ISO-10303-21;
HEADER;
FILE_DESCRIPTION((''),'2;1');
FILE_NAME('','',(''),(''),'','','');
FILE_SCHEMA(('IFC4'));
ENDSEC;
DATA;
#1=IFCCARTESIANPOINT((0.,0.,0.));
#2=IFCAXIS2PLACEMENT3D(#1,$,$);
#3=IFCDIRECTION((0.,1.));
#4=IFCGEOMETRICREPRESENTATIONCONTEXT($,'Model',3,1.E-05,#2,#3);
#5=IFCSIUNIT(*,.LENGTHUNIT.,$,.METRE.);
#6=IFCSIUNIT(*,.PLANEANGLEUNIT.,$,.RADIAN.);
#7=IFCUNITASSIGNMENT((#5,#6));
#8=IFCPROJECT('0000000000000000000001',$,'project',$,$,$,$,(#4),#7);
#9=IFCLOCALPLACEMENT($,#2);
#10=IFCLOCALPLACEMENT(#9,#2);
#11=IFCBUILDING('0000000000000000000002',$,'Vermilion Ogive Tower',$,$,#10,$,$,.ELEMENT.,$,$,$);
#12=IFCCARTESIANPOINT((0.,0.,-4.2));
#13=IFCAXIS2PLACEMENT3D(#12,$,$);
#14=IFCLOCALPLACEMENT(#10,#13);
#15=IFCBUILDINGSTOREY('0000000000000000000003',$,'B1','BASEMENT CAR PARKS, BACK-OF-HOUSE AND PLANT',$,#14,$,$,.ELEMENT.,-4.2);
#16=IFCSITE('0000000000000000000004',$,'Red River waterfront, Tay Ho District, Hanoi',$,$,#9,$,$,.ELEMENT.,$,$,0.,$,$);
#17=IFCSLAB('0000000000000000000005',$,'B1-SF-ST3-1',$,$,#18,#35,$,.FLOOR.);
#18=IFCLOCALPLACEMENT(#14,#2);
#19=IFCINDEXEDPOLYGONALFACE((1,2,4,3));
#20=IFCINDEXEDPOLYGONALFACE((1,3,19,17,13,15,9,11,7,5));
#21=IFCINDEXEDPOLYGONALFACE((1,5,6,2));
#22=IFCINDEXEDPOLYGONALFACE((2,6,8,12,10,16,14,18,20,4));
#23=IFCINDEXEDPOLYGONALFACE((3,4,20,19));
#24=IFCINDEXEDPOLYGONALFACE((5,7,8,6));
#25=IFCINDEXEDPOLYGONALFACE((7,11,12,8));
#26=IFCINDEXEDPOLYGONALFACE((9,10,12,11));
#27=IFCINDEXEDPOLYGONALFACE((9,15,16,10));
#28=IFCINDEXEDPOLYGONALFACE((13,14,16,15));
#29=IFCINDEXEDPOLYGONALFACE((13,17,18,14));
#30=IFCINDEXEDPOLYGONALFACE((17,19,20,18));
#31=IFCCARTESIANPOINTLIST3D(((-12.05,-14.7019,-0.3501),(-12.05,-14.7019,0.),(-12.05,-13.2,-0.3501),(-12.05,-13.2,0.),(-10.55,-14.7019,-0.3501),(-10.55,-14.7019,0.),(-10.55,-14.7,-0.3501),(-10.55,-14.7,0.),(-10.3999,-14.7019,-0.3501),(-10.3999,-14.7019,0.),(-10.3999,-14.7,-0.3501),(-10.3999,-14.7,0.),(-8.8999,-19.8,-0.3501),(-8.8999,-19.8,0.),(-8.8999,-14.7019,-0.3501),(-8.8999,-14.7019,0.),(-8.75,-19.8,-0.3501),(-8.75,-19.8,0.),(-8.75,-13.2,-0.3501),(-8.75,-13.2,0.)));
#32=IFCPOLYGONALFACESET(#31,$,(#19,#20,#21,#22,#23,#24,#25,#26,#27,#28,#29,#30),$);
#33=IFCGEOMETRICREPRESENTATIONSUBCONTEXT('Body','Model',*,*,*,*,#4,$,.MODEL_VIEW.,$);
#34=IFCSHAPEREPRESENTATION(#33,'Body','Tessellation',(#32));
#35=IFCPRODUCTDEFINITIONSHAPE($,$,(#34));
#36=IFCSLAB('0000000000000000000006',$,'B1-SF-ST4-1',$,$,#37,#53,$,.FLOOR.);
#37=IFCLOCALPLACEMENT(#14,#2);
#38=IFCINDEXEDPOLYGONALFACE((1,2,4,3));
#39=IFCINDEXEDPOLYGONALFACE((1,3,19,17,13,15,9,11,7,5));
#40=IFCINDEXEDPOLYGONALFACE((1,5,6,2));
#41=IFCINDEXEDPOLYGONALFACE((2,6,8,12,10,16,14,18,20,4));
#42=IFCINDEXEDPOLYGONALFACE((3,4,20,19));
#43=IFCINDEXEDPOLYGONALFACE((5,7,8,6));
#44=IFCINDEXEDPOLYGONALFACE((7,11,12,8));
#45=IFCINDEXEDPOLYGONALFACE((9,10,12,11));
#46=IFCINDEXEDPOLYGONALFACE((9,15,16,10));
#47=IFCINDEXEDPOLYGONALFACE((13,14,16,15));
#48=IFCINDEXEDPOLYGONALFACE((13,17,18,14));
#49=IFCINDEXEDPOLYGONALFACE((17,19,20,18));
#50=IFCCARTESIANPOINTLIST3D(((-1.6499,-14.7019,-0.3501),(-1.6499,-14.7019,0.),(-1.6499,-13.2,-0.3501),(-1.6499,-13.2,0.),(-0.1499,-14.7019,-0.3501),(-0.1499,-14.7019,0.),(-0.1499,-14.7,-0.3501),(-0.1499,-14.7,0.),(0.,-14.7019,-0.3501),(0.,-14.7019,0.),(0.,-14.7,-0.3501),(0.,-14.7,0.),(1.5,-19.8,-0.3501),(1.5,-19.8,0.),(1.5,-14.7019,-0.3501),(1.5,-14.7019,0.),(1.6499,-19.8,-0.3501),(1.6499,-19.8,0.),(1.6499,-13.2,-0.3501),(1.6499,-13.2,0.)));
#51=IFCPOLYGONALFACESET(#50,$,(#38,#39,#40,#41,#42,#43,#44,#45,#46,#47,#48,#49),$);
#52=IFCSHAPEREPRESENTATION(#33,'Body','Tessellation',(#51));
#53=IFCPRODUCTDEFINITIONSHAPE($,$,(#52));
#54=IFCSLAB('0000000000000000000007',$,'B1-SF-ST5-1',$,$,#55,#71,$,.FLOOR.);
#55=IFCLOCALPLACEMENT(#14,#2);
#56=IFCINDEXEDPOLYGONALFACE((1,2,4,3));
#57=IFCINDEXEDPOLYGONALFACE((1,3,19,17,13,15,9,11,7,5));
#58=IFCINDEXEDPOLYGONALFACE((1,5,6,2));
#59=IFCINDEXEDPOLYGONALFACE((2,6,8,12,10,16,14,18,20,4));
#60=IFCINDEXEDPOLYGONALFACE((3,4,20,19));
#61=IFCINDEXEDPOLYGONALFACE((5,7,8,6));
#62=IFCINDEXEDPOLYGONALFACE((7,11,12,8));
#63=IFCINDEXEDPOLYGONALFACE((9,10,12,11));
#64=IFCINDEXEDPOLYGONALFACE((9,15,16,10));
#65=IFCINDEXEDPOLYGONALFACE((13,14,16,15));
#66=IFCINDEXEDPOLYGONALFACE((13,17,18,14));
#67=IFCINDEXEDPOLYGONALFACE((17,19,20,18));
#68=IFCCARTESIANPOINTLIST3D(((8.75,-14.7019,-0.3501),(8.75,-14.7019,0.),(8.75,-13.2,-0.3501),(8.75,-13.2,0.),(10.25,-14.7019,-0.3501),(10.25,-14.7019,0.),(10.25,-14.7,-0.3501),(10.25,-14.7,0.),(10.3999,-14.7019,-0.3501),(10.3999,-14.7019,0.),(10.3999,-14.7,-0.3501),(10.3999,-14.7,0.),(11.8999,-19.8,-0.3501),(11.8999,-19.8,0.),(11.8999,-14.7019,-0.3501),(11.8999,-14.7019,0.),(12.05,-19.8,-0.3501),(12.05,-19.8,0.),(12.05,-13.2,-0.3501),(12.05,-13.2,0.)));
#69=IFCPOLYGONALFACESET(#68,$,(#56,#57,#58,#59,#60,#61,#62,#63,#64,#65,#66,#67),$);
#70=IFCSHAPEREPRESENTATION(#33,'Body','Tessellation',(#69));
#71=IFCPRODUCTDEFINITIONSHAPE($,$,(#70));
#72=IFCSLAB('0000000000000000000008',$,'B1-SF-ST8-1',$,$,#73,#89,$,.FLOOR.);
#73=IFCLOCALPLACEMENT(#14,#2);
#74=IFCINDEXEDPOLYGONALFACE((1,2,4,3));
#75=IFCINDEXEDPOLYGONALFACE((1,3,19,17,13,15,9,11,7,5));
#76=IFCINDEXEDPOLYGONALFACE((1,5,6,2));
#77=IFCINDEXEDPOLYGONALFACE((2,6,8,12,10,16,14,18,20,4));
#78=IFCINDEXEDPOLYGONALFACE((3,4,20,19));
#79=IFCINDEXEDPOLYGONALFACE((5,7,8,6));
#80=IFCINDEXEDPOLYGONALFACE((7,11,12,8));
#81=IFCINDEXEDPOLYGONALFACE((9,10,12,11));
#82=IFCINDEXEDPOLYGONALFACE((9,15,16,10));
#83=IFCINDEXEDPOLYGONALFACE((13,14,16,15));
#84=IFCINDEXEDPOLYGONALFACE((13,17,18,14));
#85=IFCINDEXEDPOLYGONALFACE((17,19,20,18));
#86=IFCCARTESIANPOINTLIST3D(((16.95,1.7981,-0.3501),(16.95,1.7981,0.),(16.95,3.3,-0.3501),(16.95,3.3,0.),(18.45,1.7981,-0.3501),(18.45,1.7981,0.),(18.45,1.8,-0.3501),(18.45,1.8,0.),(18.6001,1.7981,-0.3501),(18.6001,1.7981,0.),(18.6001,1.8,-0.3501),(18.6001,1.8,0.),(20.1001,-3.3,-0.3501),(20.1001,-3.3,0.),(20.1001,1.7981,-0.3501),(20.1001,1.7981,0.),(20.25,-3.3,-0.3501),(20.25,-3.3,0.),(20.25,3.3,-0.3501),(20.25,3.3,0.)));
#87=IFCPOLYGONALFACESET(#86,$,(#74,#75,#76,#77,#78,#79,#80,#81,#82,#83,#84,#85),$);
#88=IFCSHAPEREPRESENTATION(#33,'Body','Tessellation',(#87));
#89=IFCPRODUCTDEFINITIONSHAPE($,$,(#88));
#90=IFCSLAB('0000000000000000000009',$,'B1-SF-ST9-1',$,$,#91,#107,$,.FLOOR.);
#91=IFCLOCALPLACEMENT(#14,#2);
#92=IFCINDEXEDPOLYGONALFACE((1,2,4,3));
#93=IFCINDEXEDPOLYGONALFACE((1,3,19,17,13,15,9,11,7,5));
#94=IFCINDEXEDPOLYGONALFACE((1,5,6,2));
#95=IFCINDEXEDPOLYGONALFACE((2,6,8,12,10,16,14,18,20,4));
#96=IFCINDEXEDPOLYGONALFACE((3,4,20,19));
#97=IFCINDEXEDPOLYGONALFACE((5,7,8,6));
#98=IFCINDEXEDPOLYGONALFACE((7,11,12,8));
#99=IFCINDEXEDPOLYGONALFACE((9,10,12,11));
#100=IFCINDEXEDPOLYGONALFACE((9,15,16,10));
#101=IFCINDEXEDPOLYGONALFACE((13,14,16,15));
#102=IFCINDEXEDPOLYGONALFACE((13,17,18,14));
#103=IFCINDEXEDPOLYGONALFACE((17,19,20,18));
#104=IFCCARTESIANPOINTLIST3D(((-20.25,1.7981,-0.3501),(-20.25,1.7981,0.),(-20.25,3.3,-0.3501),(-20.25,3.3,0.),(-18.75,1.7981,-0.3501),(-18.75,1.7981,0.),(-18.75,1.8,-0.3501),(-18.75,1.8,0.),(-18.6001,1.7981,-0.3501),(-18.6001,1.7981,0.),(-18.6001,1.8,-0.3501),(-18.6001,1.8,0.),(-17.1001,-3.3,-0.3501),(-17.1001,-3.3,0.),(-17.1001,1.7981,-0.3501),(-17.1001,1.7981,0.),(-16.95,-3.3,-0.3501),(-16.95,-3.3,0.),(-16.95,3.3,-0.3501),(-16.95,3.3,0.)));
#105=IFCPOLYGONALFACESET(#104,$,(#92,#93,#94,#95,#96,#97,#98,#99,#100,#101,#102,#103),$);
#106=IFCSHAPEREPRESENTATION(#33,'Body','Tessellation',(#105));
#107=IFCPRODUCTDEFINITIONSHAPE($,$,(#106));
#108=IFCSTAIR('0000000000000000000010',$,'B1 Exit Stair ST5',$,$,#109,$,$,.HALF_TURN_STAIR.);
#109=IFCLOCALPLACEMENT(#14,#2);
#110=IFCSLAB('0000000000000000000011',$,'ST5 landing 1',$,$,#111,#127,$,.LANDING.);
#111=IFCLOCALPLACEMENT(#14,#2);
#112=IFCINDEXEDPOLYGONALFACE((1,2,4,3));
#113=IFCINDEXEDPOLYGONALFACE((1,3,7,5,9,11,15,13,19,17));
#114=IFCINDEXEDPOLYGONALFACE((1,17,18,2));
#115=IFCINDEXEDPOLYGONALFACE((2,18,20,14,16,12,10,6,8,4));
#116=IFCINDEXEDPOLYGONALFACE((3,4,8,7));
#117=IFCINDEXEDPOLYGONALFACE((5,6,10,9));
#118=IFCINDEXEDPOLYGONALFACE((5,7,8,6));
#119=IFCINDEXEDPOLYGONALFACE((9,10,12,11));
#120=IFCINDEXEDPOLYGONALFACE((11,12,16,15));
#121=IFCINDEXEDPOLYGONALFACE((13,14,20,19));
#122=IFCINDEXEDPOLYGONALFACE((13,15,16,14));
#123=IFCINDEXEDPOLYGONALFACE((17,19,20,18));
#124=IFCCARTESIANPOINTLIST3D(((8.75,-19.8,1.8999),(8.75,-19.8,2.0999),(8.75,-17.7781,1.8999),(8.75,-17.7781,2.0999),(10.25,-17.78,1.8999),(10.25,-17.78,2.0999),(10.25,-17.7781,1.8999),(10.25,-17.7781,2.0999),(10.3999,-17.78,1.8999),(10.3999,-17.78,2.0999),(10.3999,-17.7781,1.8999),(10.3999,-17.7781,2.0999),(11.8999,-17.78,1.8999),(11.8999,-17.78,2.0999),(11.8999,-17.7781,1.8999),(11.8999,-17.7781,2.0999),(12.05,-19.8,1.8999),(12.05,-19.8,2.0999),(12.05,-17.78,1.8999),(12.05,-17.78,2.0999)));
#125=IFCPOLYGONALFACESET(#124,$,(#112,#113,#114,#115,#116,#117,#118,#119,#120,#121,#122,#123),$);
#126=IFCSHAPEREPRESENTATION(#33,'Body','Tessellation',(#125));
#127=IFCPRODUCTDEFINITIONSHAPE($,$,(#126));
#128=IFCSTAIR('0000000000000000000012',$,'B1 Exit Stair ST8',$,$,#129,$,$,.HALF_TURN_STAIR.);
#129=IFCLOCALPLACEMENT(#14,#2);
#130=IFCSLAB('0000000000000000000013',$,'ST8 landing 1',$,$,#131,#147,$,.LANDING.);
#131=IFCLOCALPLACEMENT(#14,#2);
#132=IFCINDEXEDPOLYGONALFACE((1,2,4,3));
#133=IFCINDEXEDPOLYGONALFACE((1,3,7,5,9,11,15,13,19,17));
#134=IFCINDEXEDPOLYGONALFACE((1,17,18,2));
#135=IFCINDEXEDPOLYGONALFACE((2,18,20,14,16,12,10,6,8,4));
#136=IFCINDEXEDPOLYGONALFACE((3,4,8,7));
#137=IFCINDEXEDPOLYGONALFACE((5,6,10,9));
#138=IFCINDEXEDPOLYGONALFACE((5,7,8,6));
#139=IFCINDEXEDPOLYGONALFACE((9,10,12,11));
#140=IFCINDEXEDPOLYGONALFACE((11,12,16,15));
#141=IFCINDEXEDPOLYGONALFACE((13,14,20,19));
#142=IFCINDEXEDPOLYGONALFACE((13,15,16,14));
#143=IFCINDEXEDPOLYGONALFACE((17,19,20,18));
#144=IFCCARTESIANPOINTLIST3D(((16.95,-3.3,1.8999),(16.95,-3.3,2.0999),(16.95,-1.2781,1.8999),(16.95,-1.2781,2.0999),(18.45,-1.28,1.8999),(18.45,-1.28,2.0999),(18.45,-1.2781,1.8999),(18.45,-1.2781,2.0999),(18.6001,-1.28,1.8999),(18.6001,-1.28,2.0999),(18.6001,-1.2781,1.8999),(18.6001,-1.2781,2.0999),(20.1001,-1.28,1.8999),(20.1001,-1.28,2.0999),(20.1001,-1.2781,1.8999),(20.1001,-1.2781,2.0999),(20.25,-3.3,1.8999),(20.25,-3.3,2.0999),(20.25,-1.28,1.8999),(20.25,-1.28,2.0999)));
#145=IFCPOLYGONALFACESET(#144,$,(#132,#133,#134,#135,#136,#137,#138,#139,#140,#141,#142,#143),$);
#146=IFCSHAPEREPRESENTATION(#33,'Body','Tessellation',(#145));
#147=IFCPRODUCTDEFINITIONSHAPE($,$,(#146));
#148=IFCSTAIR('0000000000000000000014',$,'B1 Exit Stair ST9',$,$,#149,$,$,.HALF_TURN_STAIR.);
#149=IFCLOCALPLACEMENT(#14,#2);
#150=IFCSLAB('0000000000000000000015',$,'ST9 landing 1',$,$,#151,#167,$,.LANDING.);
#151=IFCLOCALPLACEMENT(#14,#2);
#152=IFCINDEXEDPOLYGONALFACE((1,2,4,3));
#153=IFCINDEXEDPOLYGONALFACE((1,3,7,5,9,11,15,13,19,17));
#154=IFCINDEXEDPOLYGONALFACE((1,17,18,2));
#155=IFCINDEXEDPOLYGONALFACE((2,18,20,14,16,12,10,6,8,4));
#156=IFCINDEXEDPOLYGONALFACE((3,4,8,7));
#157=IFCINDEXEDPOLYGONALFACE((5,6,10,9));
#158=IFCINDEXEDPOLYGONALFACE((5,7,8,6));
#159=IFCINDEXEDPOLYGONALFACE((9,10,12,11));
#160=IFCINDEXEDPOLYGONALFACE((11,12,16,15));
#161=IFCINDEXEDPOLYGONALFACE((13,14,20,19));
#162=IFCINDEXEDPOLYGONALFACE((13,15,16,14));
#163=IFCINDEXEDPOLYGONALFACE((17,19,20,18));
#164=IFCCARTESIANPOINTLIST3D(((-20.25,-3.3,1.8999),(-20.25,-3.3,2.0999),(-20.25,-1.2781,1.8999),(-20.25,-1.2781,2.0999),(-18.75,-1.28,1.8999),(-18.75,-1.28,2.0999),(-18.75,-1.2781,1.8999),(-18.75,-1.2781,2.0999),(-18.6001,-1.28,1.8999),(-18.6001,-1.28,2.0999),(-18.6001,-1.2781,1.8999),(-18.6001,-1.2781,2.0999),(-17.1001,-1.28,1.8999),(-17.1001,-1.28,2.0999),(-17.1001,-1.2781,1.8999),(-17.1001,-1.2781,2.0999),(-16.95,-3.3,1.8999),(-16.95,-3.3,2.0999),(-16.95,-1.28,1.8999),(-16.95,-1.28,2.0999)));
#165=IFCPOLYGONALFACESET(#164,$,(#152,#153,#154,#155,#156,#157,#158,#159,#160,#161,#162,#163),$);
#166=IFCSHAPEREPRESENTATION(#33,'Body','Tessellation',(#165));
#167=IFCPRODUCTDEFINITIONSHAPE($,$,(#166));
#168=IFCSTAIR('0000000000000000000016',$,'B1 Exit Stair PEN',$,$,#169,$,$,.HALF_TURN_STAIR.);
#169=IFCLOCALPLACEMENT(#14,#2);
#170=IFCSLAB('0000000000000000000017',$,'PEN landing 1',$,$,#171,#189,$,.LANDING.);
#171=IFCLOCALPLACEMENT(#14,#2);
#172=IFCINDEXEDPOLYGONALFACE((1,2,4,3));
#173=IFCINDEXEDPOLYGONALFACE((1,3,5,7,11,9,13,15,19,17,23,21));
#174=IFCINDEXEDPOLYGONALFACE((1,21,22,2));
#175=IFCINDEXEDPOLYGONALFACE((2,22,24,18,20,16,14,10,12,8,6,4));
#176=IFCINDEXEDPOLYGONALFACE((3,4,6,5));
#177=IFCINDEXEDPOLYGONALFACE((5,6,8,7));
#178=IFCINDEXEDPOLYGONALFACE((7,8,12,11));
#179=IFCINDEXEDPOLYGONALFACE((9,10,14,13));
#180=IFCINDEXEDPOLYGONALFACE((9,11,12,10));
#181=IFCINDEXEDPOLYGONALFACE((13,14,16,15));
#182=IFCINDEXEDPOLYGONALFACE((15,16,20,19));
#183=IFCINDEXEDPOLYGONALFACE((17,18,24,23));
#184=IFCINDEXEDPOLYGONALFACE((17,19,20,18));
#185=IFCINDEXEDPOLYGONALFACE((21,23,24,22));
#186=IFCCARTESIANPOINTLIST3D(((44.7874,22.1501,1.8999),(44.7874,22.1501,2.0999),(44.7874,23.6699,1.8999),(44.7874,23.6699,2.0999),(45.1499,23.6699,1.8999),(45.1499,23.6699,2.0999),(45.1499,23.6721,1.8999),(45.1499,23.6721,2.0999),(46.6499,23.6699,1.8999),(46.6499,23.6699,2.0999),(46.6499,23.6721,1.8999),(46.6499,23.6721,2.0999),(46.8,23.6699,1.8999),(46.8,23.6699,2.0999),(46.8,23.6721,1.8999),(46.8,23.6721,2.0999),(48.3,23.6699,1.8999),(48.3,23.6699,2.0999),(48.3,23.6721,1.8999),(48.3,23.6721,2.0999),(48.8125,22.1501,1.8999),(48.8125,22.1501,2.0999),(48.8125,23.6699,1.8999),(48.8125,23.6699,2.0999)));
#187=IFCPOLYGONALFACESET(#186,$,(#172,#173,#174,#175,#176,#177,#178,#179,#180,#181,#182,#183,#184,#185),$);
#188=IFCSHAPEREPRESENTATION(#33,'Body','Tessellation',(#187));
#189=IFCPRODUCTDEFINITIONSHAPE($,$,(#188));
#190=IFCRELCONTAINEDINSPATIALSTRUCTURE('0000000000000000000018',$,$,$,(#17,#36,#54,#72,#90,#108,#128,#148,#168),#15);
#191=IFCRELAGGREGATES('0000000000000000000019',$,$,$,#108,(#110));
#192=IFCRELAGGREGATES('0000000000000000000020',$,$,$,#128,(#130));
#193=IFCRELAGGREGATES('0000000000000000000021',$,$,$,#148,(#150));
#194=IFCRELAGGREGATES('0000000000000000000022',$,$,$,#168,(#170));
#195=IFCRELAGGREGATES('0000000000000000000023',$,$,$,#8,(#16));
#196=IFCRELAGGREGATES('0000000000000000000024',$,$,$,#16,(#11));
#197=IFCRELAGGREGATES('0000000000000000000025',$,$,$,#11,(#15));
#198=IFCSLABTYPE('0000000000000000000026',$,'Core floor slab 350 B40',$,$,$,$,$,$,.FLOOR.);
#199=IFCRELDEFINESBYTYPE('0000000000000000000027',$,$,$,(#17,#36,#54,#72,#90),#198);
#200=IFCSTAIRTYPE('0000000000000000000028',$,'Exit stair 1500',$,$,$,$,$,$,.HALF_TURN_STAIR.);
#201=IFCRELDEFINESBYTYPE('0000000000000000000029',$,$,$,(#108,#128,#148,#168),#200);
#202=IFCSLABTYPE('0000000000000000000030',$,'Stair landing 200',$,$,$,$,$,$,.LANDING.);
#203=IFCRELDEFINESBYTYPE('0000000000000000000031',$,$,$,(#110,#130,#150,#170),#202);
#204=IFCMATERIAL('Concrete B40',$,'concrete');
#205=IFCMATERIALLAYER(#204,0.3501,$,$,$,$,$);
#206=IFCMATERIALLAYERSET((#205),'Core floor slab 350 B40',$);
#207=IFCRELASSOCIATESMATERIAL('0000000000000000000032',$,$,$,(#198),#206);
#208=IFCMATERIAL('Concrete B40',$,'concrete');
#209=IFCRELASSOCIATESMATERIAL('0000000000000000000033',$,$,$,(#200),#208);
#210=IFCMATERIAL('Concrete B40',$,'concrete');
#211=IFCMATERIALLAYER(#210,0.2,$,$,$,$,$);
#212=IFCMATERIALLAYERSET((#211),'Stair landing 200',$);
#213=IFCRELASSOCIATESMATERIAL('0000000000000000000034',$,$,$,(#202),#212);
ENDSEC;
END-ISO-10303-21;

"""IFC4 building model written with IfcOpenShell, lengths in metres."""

from ifc_helpers import new_model, si_unit, direction, frame, origin, place, context, subcontext, project, spatial, polyline, outline, extrude, material, layer, layer_set, type_object, element, aggregate, save


model = new_model("IFC4")

# Units and contexts
model_context = context("Model", 3, precision=1e-05, world=origin(), true_north=direction((0.0, 1.0)))
body_context = subcontext(model_context, "Body", "Model", "MODEL_VIEW")
ifc_project = project(units=[si_unit("LENGTHUNIT", "METRE"), si_unit("PLANEANGLEUNIT", "RADIAN")], contexts=[model_context])

# Site, building, storey
site_placement = place(None, origin())
site = spatial("IfcSite", under=ifc_project, at=site_placement, Name="Red River waterfront, Tay Ho District, Hanoi", CompositionType="ELEMENT", RefElevation=0.0)
building_placement = place(site_placement, origin())
building = spatial("IfcBuilding", under=site, at=building_placement, Name="Vermilion Ogive Tower", CompositionType="ELEMENT")
storey_placement = place(building_placement, frame((0.0, 0.0, -4.2)))
storey = spatial("IfcBuildingStorey", under=building, at=storey_placement, Name="B1", Description="BASEMENT CAR PARKS, BACK-OF-HOUSE AND PLANT", CompositionType="ELEMENT", Elevation=-4.2)

# Slabs
ifc_material_1 = material(Name="Concrete B40", Category="concrete")
ifc_layer_1 = layer(ifc_material_1, 0.3501)
ifc_layer_set_1 = layer_set([ifc_layer_1], Name="Core floor slab 350 B40")
slab_type_1 = type_object("IfcSlabType", Name="Core floor slab 350 B40", PredefinedType="FLOOR", material=ifc_layer_set_1)
slab_1_placement = place(storey_placement, frame((0.0, 0.0, -0.3501)))
element("IfcSlab", 1, at=slab_1_placement, inside=storey, type_object=slab_type_1, Name="B1-SF-ST3-1", PredefinedType="FLOOR", context=body_context, shape_type="SweptSolid", body=[
    extrude(outline(polyline([(-12.05, -13.2), (-12.05, -14.7019), (-10.55, -14.7019), (-10.55, -14.7), (-10.3999, -14.7), (-10.3999, -14.7019), (-8.8999, -14.7019), (-8.8999, -19.8), (-8.75, -19.8), (-8.75, -13.2), (-12.05, -13.2)])), origin(), (0.0, 0.0, 1.0), 0.3501),
])
slab_2_placement = place(storey_placement, frame((0.0, 0.0, -0.3501)))
element("IfcSlab", 2, at=slab_2_placement, inside=storey, type_object=slab_type_1, Name="B1-SF-ST4-1", PredefinedType="FLOOR", context=body_context, shape_type="SweptSolid", body=[
    extrude(outline(polyline([(-1.6499, -13.2), (-1.6499, -14.7019), (-0.1499, -14.7019), (-0.1499, -14.7), (0.0, -14.7), (0.0, -14.7019), (1.5, -14.7019), (1.5, -19.8), (1.6499, -19.8), (1.6499, -13.2), (-1.6499, -13.2)])), origin(), (0.0, 0.0, 1.0), 0.3501),
])
slab_3_placement = place(storey_placement, frame((0.0, 0.0, -0.3501)))
element("IfcSlab", 3, at=slab_3_placement, inside=storey, type_object=slab_type_1, Name="B1-SF-ST5-1", PredefinedType="FLOOR", context=body_context, shape_type="SweptSolid", body=[
    extrude(outline(polyline([(8.75, -13.2), (8.75, -14.7019), (10.25, -14.7019), (10.25, -14.7), (10.3999, -14.7), (10.3999, -14.7019), (11.8999, -14.7019), (11.8999, -19.8), (12.05, -19.8), (12.05, -13.2), (8.75, -13.2)])), origin(), (0.0, 0.0, 1.0), 0.3501),
])
slab_4_placement = place(storey_placement, frame((0.0, 0.0, -0.3501)))
element("IfcSlab", 4, at=slab_4_placement, inside=storey, type_object=slab_type_1, Name="B1-SF-ST8-1", PredefinedType="FLOOR", context=body_context, shape_type="SweptSolid", body=[
    extrude(outline(polyline([(16.95, 3.3), (16.95, 1.7981), (18.45, 1.7981), (18.45, 1.8), (18.6001, 1.8), (18.6001, 1.7981), (20.1001, 1.7981), (20.1001, -3.3), (20.25, -3.3), (20.25, 3.3), (16.95, 3.3)])), origin(), (0.0, 0.0, 1.0), 0.3501),
])
slab_5_placement = place(storey_placement, frame((0.0, 0.0, -0.3501)))
element("IfcSlab", 5, at=slab_5_placement, inside=storey, type_object=slab_type_1, Name="B1-SF-ST9-1", PredefinedType="FLOOR", context=body_context, shape_type="SweptSolid", body=[
    extrude(outline(polyline([(-20.25, 3.3), (-20.25, 1.7981), (-18.75, 1.7981), (-18.75, 1.8), (-18.6001, 1.8), (-18.6001, 1.7981), (-17.1001, 1.7981), (-17.1001, -3.3), (-16.95, -3.3), (-16.95, 3.3), (-20.25, 3.3)])), origin(), (0.0, 0.0, 1.0), 0.3501),
])

# Stairs, slabs
ifc_material_2 = material(Name="Concrete B40", Category="concrete")
stair_type = type_object("IfcStairType", Name="Exit stair 1500", PredefinedType="HALF_TURN_STAIR", material=ifc_material_2)
stair_1_placement = place(storey_placement, origin())
stair_1 = element("IfcStair", 6, at=stair_1_placement, inside=storey, type_object=stair_type, Name="B1 Exit Stair ST5", PredefinedType="HALF_TURN_STAIR")
ifc_material_3 = material(Name="Concrete B40", Category="concrete")
ifc_layer_2 = layer(ifc_material_3, 0.2)
ifc_layer_set_2 = layer_set([ifc_layer_2], Name="Stair landing 200")
slab_type_2 = type_object("IfcSlabType", Name="Stair landing 200", PredefinedType="LANDING", material=ifc_layer_set_2)
slab_6_placement = place(storey_placement, frame((0.0, 0.0, 1.8999)))
slab_6 = element("IfcSlab", 7, at=slab_6_placement, type_object=slab_type_2, Name="ST5 landing 1", PredefinedType="LANDING", context=body_context, shape_type="SweptSolid", body=[
    extrude(outline(polyline([(12.05, -17.78), (11.8999, -17.78), (11.8999, -17.7781), (10.3999, -17.7781), (10.3999, -17.78), (10.25, -17.78), (10.25, -17.7781), (8.75, -17.7781), (8.75, -19.8), (12.05, -19.8), (12.05, -17.78)])), origin(), (0.0, 0.0, 1.0), 0.2),
])
aggregate(stair_1, [slab_6])
stair_2_placement = place(storey_placement, origin())
stair_2 = element("IfcStair", 8, at=stair_2_placement, inside=storey, type_object=stair_type, Name="B1 Exit Stair ST8", PredefinedType="HALF_TURN_STAIR")
slab_7_placement = place(storey_placement, frame((0.0, 0.0, 1.8999)))
slab_7 = element("IfcSlab", 9, at=slab_7_placement, type_object=slab_type_2, Name="ST8 landing 1", PredefinedType="LANDING", context=body_context, shape_type="SweptSolid", body=[
    extrude(outline(polyline([(20.25, -1.28), (20.1001, -1.28), (20.1001, -1.2781), (18.6001, -1.2781), (18.6001, -1.28), (18.45, -1.28), (18.45, -1.2781), (16.95, -1.2781), (16.95, -3.3), (20.25, -3.3), (20.25, -1.28)])), origin(), (0.0, 0.0, 1.0), 0.2),
])
aggregate(stair_2, [slab_7])
stair_3_placement = place(storey_placement, origin())
stair_3 = element("IfcStair", 10, at=stair_3_placement, inside=storey, type_object=stair_type, Name="B1 Exit Stair ST9", PredefinedType="HALF_TURN_STAIR")
slab_8_placement = place(storey_placement, frame((0.0, 0.0, 1.8999)))
slab_8 = element("IfcSlab", 11, at=slab_8_placement, type_object=slab_type_2, Name="ST9 landing 1", PredefinedType="LANDING", context=body_context, shape_type="SweptSolid", body=[
    extrude(outline(polyline([(-16.95, -1.28), (-17.1001, -1.28), (-17.1001, -1.2781), (-18.6001, -1.2781), (-18.6001, -1.28), (-18.75, -1.28), (-18.75, -1.2781), (-20.25, -1.2781), (-20.25, -3.3), (-16.95, -3.3), (-16.95, -1.28)])), origin(), (0.0, 0.0, 1.0), 0.2),
])
aggregate(stair_3, [slab_8])
stair_4_placement = place(storey_placement, origin())
stair_4 = element("IfcStair", 12, at=stair_4_placement, inside=storey, type_object=stair_type, Name="B1 Exit Stair PEN", PredefinedType="HALF_TURN_STAIR")
slab_9_placement = place(storey_placement, frame((0.0, 0.0, 1.8999)))
slab_9 = element("IfcSlab", 13, at=slab_9_placement, type_object=slab_type_2, Name="PEN landing 1", PredefinedType="LANDING", context=body_context, shape_type="SweptSolid", body=[
    extrude(outline(polyline([(48.8125, 23.6699), (48.3, 23.6699), (48.3, 23.6721), (46.8, 23.6721), (46.8, 23.6699), (46.6499, 23.6699), (46.6499, 23.6721), (45.1499, 23.6721), (45.1499, 23.6699), (44.7874, 23.6699), (44.7874, 22.1501), (48.8125, 22.1501), (48.8125, 23.6699)])), origin(), (0.0, 0.0, 1.0), 0.2),
])
aggregate(stair_4, [slab_9])

save(model, "model.ifc")
